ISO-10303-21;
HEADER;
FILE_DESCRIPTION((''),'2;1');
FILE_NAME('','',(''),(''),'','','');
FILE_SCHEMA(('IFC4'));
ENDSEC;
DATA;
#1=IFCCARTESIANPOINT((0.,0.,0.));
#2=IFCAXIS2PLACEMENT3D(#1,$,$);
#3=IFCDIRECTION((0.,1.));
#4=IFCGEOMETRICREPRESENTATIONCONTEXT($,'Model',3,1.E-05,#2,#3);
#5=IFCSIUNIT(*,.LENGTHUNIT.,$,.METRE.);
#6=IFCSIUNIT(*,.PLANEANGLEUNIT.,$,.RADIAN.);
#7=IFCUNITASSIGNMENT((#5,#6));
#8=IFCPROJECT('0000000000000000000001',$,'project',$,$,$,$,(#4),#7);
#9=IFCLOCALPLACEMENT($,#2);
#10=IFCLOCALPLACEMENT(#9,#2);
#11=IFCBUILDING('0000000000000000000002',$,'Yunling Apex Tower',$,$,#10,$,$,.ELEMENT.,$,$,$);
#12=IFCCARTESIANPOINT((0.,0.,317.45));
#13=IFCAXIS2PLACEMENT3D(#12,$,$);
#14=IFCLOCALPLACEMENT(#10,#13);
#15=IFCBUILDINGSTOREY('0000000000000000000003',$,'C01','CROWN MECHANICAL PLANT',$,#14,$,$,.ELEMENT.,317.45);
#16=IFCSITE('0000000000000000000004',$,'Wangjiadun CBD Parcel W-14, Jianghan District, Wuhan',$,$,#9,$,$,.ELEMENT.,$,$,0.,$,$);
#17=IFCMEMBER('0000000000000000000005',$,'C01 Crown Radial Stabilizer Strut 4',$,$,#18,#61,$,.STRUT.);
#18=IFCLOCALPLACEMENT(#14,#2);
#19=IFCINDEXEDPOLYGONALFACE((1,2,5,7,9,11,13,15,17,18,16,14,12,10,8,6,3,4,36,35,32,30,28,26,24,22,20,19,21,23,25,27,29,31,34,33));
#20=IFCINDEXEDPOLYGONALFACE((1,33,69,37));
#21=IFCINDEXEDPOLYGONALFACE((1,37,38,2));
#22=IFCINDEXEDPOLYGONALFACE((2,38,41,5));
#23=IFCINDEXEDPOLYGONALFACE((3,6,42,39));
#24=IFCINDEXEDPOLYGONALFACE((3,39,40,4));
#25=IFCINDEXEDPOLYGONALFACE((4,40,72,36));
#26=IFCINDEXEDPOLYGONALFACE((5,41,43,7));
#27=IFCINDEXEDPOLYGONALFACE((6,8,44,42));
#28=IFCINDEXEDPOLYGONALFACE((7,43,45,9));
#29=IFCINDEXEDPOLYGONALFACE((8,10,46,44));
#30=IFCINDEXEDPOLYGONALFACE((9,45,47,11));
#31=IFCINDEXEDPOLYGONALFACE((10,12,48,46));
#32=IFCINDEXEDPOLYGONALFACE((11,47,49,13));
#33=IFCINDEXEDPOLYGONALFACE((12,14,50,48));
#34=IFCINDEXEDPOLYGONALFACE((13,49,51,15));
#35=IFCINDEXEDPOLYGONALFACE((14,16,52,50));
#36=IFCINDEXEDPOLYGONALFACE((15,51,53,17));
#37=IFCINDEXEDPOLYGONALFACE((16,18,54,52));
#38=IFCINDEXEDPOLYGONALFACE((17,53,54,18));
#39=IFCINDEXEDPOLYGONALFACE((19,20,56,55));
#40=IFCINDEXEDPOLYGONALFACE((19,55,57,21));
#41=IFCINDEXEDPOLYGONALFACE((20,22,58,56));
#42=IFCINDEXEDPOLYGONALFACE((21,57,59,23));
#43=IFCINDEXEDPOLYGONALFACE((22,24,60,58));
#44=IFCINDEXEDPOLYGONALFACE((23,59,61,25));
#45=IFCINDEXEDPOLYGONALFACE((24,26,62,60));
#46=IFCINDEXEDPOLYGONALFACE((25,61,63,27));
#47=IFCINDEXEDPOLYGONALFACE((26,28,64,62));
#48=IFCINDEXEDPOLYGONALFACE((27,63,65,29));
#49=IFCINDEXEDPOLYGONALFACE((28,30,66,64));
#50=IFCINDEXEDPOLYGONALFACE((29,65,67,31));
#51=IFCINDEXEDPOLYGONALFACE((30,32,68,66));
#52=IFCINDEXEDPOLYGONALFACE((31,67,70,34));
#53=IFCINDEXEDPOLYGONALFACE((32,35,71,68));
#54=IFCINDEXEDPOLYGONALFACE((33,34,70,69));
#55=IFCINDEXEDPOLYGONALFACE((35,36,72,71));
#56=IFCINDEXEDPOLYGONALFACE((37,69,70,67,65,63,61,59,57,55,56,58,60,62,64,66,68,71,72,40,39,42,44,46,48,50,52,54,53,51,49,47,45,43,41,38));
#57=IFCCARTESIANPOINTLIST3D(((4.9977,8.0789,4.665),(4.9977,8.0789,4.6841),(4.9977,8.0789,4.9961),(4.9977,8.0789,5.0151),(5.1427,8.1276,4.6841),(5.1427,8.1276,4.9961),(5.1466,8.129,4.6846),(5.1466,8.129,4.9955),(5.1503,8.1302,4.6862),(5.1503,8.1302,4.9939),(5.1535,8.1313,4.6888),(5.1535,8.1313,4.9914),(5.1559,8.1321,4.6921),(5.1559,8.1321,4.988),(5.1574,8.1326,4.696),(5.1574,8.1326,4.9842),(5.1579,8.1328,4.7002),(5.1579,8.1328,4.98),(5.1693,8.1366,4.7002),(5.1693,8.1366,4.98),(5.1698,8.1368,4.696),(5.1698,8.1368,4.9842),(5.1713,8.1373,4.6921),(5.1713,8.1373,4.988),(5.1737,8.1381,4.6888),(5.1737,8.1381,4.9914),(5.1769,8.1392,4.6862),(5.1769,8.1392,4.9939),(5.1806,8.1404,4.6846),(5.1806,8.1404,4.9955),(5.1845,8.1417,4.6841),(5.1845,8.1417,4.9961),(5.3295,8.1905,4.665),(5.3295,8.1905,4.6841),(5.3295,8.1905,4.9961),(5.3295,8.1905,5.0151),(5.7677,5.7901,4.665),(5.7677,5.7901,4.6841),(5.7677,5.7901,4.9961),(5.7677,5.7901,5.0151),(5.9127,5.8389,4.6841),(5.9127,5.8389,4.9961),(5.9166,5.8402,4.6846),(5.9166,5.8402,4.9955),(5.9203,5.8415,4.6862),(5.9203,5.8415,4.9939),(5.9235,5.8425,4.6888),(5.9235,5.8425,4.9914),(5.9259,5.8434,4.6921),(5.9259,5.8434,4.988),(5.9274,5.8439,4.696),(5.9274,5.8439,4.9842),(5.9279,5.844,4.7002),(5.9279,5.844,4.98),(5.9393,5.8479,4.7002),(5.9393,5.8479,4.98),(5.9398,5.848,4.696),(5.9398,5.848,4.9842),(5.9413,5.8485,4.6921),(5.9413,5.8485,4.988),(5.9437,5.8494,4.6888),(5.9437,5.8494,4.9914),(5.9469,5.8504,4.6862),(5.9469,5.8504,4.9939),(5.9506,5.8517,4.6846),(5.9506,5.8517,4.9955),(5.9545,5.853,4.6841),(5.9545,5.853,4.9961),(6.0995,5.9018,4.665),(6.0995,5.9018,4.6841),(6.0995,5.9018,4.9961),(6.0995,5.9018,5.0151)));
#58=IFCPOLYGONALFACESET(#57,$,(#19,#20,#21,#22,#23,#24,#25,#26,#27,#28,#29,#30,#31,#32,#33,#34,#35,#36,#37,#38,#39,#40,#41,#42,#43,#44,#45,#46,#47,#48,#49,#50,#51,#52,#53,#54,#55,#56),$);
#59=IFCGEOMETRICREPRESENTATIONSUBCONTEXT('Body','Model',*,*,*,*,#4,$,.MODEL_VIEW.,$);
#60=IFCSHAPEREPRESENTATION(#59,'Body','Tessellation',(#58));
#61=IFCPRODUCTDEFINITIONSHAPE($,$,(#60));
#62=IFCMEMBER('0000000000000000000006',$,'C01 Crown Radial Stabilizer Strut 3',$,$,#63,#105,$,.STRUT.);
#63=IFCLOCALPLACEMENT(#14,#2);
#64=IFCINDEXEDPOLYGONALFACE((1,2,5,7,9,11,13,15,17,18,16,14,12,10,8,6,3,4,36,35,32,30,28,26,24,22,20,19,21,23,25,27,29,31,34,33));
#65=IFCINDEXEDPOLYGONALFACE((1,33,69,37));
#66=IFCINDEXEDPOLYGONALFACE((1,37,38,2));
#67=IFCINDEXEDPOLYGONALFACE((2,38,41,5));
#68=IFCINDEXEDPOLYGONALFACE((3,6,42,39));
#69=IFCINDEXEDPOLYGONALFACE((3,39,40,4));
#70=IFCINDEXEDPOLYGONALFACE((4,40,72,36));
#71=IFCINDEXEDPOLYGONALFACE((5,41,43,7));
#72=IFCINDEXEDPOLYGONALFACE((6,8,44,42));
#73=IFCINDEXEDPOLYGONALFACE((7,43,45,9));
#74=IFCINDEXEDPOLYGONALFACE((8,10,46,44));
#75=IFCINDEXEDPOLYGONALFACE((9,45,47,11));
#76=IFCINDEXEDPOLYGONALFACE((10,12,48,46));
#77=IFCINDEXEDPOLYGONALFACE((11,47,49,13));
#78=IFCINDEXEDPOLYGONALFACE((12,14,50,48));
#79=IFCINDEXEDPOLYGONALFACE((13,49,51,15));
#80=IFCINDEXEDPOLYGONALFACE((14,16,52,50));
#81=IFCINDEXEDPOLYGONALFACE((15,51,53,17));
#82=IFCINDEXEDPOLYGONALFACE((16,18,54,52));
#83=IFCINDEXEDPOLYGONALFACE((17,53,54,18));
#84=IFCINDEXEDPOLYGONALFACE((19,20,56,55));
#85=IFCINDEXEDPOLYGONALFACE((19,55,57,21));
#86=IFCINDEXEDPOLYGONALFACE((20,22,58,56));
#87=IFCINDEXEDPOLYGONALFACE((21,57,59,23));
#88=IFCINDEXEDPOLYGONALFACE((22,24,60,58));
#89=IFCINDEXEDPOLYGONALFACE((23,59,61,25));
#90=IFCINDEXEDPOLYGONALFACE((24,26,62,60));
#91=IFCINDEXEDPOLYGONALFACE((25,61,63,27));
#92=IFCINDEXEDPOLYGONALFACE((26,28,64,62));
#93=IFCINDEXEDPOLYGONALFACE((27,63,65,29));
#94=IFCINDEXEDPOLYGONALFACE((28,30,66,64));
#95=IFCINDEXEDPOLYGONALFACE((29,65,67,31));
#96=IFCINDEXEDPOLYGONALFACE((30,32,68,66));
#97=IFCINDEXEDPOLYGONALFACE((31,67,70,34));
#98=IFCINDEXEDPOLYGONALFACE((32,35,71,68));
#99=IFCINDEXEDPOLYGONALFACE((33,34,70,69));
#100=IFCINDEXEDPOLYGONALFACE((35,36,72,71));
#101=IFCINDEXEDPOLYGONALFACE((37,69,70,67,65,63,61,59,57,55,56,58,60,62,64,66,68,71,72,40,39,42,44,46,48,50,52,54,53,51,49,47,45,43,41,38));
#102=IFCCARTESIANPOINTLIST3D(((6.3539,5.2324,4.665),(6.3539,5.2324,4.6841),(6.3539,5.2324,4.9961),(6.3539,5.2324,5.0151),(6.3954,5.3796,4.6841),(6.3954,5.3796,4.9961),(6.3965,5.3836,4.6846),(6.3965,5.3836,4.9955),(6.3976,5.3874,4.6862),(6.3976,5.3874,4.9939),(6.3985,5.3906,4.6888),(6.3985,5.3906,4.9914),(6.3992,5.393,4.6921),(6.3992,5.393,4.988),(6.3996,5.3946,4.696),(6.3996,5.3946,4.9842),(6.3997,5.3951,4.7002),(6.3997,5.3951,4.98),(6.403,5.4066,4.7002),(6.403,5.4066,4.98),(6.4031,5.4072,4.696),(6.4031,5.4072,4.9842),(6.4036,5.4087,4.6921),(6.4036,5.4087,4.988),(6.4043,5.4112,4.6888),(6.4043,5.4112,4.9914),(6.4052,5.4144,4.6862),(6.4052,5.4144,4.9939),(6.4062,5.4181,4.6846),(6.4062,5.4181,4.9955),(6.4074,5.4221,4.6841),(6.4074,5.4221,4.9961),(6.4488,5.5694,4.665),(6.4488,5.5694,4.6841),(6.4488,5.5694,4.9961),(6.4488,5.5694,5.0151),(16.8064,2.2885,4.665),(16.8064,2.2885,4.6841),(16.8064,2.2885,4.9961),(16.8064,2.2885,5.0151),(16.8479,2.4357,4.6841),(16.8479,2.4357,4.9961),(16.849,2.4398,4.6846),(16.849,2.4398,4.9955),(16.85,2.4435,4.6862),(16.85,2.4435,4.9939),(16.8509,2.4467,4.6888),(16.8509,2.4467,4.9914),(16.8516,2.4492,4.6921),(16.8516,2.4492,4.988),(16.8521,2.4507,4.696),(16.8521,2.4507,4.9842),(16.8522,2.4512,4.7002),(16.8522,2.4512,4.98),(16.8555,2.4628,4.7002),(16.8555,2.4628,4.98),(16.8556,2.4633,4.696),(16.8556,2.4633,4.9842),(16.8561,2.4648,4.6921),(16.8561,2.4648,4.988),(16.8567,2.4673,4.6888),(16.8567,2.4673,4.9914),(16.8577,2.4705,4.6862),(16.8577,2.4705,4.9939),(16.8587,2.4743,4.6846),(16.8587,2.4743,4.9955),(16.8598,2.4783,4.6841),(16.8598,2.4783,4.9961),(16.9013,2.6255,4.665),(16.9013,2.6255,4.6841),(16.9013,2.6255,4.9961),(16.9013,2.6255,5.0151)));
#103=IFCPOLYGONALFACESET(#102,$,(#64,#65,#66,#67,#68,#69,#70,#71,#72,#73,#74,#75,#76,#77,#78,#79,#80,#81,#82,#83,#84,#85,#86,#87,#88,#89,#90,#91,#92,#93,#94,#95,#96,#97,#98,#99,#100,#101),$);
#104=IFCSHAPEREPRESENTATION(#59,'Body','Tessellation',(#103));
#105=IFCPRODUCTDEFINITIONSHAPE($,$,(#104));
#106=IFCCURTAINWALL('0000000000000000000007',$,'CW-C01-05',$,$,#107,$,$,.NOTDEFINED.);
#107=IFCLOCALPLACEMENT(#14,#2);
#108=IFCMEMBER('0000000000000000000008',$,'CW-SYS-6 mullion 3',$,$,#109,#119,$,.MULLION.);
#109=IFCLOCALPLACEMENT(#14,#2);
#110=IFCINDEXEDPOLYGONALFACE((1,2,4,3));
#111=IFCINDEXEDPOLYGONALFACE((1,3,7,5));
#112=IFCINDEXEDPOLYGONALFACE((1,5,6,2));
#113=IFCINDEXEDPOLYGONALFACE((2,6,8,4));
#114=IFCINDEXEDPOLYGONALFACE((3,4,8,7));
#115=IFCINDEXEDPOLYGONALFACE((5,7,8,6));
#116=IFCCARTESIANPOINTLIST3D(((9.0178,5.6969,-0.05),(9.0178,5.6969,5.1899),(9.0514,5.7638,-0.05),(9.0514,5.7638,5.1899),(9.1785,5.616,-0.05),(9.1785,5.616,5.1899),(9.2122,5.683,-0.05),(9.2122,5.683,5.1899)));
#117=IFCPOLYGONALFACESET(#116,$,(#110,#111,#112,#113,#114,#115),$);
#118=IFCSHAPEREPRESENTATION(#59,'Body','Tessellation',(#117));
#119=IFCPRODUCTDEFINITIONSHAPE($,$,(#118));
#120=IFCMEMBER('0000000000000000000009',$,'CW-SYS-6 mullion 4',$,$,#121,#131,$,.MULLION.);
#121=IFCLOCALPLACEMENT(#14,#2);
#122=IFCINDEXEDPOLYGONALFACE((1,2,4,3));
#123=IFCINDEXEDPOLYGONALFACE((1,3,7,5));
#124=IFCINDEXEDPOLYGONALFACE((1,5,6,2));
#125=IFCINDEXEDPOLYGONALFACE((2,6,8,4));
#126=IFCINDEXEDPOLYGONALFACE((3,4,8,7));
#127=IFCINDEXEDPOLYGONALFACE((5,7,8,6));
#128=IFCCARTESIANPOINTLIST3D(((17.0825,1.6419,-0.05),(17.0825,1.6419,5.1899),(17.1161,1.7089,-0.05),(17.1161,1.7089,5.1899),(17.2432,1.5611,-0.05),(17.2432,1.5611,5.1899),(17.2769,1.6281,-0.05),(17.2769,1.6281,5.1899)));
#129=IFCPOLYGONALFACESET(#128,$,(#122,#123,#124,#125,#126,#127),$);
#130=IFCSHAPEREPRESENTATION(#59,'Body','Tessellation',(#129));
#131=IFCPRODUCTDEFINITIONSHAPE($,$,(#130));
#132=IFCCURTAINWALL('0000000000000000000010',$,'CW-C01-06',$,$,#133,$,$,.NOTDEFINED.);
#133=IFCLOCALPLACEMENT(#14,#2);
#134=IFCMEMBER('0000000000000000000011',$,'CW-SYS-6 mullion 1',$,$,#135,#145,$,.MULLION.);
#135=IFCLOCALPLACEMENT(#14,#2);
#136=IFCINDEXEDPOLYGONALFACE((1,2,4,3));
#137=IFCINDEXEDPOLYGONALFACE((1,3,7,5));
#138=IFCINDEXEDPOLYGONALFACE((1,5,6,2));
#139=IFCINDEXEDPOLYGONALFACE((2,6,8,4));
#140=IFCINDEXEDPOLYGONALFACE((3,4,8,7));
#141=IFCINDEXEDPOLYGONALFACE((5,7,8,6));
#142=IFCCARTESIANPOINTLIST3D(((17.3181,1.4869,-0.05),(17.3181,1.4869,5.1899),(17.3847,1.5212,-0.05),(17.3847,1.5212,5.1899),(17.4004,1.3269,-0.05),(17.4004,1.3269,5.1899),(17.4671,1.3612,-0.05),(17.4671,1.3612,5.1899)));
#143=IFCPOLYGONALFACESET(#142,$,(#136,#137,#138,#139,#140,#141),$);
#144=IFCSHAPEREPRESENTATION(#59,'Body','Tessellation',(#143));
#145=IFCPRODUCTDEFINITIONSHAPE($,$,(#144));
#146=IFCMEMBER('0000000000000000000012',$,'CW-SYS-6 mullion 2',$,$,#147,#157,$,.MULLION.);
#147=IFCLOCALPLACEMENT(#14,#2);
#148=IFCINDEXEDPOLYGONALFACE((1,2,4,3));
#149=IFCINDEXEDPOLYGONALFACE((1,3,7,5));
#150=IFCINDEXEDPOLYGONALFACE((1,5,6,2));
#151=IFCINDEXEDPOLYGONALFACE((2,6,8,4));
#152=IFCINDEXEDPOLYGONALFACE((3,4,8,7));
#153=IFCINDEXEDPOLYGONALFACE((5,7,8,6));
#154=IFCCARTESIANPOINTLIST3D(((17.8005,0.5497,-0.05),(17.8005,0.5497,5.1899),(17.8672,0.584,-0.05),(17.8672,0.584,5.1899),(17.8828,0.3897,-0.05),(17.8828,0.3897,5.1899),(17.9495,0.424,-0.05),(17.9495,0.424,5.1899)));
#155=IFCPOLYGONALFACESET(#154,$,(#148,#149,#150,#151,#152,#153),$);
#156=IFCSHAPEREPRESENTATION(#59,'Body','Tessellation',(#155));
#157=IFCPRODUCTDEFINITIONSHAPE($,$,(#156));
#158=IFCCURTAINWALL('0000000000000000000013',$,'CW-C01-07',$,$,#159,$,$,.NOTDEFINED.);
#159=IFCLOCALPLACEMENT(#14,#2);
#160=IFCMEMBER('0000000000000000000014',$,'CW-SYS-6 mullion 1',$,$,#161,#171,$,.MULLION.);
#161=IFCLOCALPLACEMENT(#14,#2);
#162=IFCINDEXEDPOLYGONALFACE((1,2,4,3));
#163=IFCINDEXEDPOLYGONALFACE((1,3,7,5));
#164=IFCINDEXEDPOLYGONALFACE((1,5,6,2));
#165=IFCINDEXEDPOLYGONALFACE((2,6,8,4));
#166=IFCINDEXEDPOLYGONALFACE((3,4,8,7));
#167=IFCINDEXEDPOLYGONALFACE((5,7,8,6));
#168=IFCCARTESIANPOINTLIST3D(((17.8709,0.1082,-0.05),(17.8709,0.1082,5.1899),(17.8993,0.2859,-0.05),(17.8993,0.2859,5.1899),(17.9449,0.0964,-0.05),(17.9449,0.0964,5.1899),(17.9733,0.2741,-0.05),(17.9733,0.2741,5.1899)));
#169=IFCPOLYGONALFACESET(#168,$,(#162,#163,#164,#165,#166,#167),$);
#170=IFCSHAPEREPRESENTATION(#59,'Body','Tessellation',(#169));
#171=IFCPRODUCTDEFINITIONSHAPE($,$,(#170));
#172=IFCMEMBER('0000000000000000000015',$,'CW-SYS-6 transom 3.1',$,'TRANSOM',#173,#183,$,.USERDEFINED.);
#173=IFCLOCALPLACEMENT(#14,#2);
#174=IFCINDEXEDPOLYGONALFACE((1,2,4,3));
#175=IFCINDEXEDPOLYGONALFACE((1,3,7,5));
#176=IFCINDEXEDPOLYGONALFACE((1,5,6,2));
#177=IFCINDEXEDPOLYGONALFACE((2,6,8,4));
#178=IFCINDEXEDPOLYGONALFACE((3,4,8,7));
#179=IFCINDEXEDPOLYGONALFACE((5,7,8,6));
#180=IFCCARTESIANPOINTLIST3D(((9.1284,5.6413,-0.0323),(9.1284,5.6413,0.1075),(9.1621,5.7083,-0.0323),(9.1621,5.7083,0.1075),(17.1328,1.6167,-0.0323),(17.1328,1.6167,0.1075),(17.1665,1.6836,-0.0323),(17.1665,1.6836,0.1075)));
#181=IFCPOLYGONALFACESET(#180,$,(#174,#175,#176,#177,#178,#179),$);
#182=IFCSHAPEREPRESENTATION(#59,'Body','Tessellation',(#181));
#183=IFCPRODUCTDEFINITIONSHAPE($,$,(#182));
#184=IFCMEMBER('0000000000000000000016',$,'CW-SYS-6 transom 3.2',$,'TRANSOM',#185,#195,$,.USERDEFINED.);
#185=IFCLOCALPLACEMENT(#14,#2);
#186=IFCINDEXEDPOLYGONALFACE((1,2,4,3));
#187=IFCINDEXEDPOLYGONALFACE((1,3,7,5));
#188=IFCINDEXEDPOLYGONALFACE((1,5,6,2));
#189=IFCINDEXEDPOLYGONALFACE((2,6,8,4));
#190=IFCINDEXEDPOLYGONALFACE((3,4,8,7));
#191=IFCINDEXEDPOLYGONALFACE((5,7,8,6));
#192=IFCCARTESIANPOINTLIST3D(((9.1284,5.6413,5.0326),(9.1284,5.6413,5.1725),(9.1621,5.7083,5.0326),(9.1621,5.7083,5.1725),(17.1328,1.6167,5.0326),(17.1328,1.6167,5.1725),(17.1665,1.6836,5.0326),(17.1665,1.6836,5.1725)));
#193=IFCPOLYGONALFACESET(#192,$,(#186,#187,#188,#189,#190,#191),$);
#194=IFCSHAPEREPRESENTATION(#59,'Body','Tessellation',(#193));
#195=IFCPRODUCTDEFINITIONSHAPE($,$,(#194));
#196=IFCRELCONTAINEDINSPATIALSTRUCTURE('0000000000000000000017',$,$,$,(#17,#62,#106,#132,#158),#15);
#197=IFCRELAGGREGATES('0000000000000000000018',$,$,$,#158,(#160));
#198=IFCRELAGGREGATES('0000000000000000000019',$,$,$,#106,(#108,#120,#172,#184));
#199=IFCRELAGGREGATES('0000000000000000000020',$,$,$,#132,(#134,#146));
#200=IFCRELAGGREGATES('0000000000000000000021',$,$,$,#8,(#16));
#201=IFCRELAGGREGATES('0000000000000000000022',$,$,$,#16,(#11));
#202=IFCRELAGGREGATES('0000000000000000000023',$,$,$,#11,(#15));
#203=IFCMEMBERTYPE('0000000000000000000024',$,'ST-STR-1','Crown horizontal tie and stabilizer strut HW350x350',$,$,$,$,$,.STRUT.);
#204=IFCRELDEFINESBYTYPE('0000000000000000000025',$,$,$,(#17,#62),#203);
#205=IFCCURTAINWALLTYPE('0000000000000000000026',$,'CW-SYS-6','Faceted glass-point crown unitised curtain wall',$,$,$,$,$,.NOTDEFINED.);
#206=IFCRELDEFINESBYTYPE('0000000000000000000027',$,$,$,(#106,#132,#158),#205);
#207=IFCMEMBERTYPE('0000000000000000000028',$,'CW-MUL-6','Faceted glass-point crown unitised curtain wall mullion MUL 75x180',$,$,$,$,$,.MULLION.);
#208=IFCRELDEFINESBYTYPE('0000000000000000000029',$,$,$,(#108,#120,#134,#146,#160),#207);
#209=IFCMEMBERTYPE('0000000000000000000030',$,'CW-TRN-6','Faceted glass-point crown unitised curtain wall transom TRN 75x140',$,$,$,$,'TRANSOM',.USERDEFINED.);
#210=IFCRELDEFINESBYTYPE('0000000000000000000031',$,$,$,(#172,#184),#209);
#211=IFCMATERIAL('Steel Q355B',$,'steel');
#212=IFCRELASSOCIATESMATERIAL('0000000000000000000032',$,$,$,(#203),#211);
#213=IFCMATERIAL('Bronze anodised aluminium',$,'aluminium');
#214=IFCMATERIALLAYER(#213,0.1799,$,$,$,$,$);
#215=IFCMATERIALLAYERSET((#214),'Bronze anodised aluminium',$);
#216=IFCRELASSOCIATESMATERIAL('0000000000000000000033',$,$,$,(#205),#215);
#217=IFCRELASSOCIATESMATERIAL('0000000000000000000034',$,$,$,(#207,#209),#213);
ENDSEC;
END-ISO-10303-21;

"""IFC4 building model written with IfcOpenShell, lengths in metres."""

from ifc_helpers import new_model, si_unit, direction, frame, origin, origin_2d, place, context, subcontext, project, spatial, rectangle, i_section, extrude, source, transform, mapped, material, layer, layer_set, material_profile, profile_set, type_object, element, aggregate, save


model = new_model("IFC4")

# Units and contexts
model_context = context("Model", 3, precision=1e-05, world=origin(), true_north=direction((0.0, 1.0)))
body_context = subcontext(model_context, "Body", "Model", "MODEL_VIEW")
ifc_project = project(units=[si_unit("LENGTHUNIT", "METRE"), si_unit("PLANEANGLEUNIT", "RADIAN")], contexts=[model_context])

# Site, building, storey
site_placement = place(None, origin())
site = spatial("IfcSite", under=ifc_project, at=site_placement, Name="Wangjiadun CBD Parcel W-14, Jianghan District, Wuhan", CompositionType="ELEMENT", RefElevation=0.0)
building_placement = place(site_placement, origin())
building = spatial("IfcBuilding", under=site, at=building_placement, Name="Yunling Apex Tower", CompositionType="ELEMENT")
storey_placement = place(building_placement, frame((0.0, 0.0, 317.45)))
storey = spatial("IfcBuildingStorey", under=building, at=storey_placement, Name="C01", Description="CROWN MECHANICAL PLANT", CompositionType="ELEMENT", Elevation=317.45)

# Shared definitions
ifc_material_1 = material(Name="Steel Q355B", Category="steel")

# Members
ifc_material_profile_1 = material_profile(ifc_material_1, i_section(OverallWidth=0.3501, OverallDepth=0.3501, WebThickness=0.012, FlangeThickness=0.019, FilletRadius=0.0161, at=origin_2d()))
ifc_profile_set_1 = profile_set([ifc_material_profile_1], Name="Steel Q355B")
member_type_1 = type_object("IfcMemberType", Name="ST-STR-1", Description="Crown horizontal tie and stabilizer strut HW350x350", PredefinedType="STRUT", material=ifc_profile_set_1)
shared_shape_1 = source(origin(), body_context, "Body", "SweptSolid", [
    extrude(i_section(OverallWidth=0.3501, OverallDepth=0.3501, WebThickness=0.012, FlangeThickness=0.019, FilletRadius=0.0161, at=origin_2d()), origin(), (0.0, 0.0, 1.0), 2.4148),
])
member_1_placement = place(storey_placement, frame((5.9336, 5.8459, 4.8401), z_axis=(-0.318865, 0.9478, 0.0), x_axis=(-0.9478, -0.318865, 0.0)))
element("IfcMember", 1, at=member_1_placement, inside=storey, type_object=member_type_1, Name="C01 Crown Radial Stabilizer Strut 4", PredefinedType="STRUT", context=body_context, shape_type="MappedRepresentation", body=[
    mapped(shared_shape_1, transform((0.0, 0.0, 0.0), scale=1.0)),
])
shared_shape_2 = source(origin(), body_context, "Body", "SweptSolid", [
    extrude(i_section(OverallWidth=0.3501, OverallDepth=0.3501, WebThickness=0.012, FlangeThickness=0.019, FilletRadius=0.0161, at=origin_2d()), origin(), (0.0, 0.0, 1.0), 10.8591),
])
member_2_placement = place(storey_placement, frame((6.4014, 5.4009, 4.8401), z_axis=(0.962552, -0.271096, 0.0), x_axis=(0.271096, 0.962552, 0.0)))
element("IfcMember", 2, at=member_2_placement, inside=storey, type_object=member_type_1, Name="C01 Crown Radial Stabilizer Strut 3", PredefinedType="STRUT", context=body_context, shape_type="MappedRepresentation", body=[
    mapped(shared_shape_2, transform((0.0, 0.0, 0.0), scale=1.0)),
])

# Curtain walls, members
ifc_material_2 = material(Name="Bronze anodised aluminium", Category="aluminium")
ifc_layer_1 = layer(ifc_material_2, 0.1799)
ifc_layer_set_1 = layer_set([ifc_layer_1], Name="Bronze anodised aluminium")
curtain_wall_type = type_object("IfcCurtainWallType", Name="CW-SYS-6", Description="Faceted glass-point crown unitised curtain wall", PredefinedType="NOTDEFINED", material=ifc_layer_set_1)
curtain_wall_1_placement = place(storey_placement, origin())
curtain_wall_1 = element("IfcCurtainWall", 3, at=curtain_wall_1_placement, inside=storey, type_object=curtain_wall_type, Name="CW-C01-05", PredefinedType="NOTDEFINED")
ifc_material_profile_2 = material_profile(ifc_material_2, rectangle(XDim=0.075, YDim=0.1799, at=origin_2d()))
ifc_profile_set_2 = profile_set([ifc_material_profile_2], Name="Bronze anodised aluminium")
member_type_2 = type_object("IfcMemberType", Name="CW-MUL-6", Description="Faceted glass-point crown unitised curtain wall mullion MUL 75x180", PredefinedType="MULLION", material=ifc_profile_set_2)
shared_shape_3 = source(origin(), body_context, "Body", "SweptSolid", [
    extrude(rectangle(XDim=0.075, YDim=0.1799, at=origin_2d()), origin(), (0.0, 0.0, 1.0), 5.24),
])
member_3_placement = place(storey_placement, frame((9.115, 5.6899, -0.05), z_axis=(0.0, 0.0, 1.0), x_axis=(0.449228, 0.893417, 0.0)))
member_3 = element("IfcMember", 4, at=member_3_placement, type_object=member_type_2, Name="CW-SYS-6 mullion 3", PredefinedType="MULLION", context=body_context, shape_type="MappedRepresentation", body=[
    mapped(shared_shape_3, transform((0.0, 0.0, 0.0), scale=1.0)),
])
member_4_placement = place(storey_placement, frame((17.1797, 1.635, -0.05), z_axis=(0.0, 0.0, 1.0), x_axis=(0.449228, 0.893417, 0.0)))
member_4 = element("IfcMember", 5, at=member_4_placement, type_object=member_type_2, Name="CW-SYS-6 mullion 4", PredefinedType="MULLION", context=body_context, shape_type="MappedRepresentation", body=[
    mapped(shared_shape_3, transform((0.0, 0.0, 0.0), scale=1.0)),
])
curtain_wall_2_placement = place(storey_placement, origin())
curtain_wall_2 = element("IfcCurtainWall", 6, at=curtain_wall_2_placement, inside=storey, type_object=curtain_wall_type, Name="CW-C01-06", PredefinedType="NOTDEFINED")
member_5_placement = place(storey_placement, frame((17.3926, 1.4241, -0.05), z_axis=(0.0, 0.0, 1.0), x_axis=(0.889178, 0.457562, 0.0)))
member_5 = element("IfcMember", 7, at=member_5_placement, type_object=member_type_2, Name="CW-SYS-6 mullion 1", PredefinedType="MULLION", context=body_context, shape_type="MappedRepresentation", body=[
    mapped(shared_shape_3, transform((0.0, 0.0, 0.0), scale=1.0)),
])
member_6_placement = place(storey_placement, frame((17.875, 0.4868, -0.05), z_axis=(0.0, 0.0, 1.0), x_axis=(0.889178, 0.457562, 0.0)))
member_6 = element("IfcMember", 8, at=member_6_placement, type_object=member_type_2, Name="CW-SYS-6 mullion 2", PredefinedType="MULLION", context=body_context, shape_type="MappedRepresentation", body=[
    mapped(shared_shape_3, transform((0.0, 0.0, 0.0), scale=1.0)),
])

# Curtain wall, member
curtain_wall_3_placement = place(storey_placement, origin())
curtain_wall_3 = element("IfcCurtainWall", 9, at=curtain_wall_3_placement, inside=storey, type_object=curtain_wall_type, Name="CW-C01-07", PredefinedType="NOTDEFINED")
member_7_placement = place(storey_placement, frame((17.9221, 0.1912, -0.05), z_axis=(0.0, 0.0, 1.0), x_axis=(0.987473, -0.15779, 0.0)))
member_7 = element("IfcMember", 10, at=member_7_placement, type_object=member_type_2, Name="CW-SYS-6 mullion 1", PredefinedType="MULLION", context=body_context, shape_type="MappedRepresentation", body=[
    mapped(shared_shape_3, transform((0.0, 0.0, 0.0), scale=1.0)),
])
aggregate(curtain_wall_3, [member_7])

# Members
ifc_material_profile_3 = material_profile(ifc_material_2, rectangle(XDim=0.075, YDim=0.1399, at=origin_2d()))
ifc_profile_set_3 = profile_set([ifc_material_profile_3], Name="Bronze anodised aluminium")
member_type_3 = type_object("IfcMemberType", Name="CW-TRN-6", Description="Faceted glass-point crown unitised curtain wall transom TRN 75x140", ElementType="TRANSOM", PredefinedType="USERDEFINED", material=ifc_profile_set_3)
shared_shape_4 = source(origin(), body_context, "Body", "SweptSolid", [
    extrude(rectangle(XDim=0.075, YDim=0.1399, at=origin_2d()), origin(), (0.0, 0.0, 1.0), 8.9592),
])
member_8_placement = place(storey_placement, frame((9.1453, 5.6748, 0.0376), z_axis=(0.893422, -0.449218, 0.0), x_axis=(0.449218, 0.893422, 0.0)))
member_8 = element("IfcMember", 11, at=member_8_placement, type_object=member_type_3, Name="CW-SYS-6 transom 3.1", ObjectType="TRANSOM", PredefinedType="USERDEFINED", context=body_context, shape_type="MappedRepresentation", body=[
    mapped(shared_shape_4, transform((0.0, 0.0, 0.0), scale=1.0)),
])
member_9_placement = place(storey_placement, frame((9.1453, 5.6748, 5.1025), z_axis=(0.893422, -0.449218, 0.0), x_axis=(0.449218, 0.893422, 0.0)))
member_9 = element("IfcMember", 12, at=member_9_placement, type_object=member_type_3, Name="CW-SYS-6 transom 3.2", ObjectType="TRANSOM", PredefinedType="USERDEFINED", context=body_context, shape_type="MappedRepresentation", body=[
    mapped(shared_shape_4, transform((0.0, 0.0, 0.0), scale=1.0)),
])

aggregate(curtain_wall_1, [member_3, member_4, member_8, member_9])
aggregate(curtain_wall_2, [member_5, member_6])

save(model, "model.ifc")
